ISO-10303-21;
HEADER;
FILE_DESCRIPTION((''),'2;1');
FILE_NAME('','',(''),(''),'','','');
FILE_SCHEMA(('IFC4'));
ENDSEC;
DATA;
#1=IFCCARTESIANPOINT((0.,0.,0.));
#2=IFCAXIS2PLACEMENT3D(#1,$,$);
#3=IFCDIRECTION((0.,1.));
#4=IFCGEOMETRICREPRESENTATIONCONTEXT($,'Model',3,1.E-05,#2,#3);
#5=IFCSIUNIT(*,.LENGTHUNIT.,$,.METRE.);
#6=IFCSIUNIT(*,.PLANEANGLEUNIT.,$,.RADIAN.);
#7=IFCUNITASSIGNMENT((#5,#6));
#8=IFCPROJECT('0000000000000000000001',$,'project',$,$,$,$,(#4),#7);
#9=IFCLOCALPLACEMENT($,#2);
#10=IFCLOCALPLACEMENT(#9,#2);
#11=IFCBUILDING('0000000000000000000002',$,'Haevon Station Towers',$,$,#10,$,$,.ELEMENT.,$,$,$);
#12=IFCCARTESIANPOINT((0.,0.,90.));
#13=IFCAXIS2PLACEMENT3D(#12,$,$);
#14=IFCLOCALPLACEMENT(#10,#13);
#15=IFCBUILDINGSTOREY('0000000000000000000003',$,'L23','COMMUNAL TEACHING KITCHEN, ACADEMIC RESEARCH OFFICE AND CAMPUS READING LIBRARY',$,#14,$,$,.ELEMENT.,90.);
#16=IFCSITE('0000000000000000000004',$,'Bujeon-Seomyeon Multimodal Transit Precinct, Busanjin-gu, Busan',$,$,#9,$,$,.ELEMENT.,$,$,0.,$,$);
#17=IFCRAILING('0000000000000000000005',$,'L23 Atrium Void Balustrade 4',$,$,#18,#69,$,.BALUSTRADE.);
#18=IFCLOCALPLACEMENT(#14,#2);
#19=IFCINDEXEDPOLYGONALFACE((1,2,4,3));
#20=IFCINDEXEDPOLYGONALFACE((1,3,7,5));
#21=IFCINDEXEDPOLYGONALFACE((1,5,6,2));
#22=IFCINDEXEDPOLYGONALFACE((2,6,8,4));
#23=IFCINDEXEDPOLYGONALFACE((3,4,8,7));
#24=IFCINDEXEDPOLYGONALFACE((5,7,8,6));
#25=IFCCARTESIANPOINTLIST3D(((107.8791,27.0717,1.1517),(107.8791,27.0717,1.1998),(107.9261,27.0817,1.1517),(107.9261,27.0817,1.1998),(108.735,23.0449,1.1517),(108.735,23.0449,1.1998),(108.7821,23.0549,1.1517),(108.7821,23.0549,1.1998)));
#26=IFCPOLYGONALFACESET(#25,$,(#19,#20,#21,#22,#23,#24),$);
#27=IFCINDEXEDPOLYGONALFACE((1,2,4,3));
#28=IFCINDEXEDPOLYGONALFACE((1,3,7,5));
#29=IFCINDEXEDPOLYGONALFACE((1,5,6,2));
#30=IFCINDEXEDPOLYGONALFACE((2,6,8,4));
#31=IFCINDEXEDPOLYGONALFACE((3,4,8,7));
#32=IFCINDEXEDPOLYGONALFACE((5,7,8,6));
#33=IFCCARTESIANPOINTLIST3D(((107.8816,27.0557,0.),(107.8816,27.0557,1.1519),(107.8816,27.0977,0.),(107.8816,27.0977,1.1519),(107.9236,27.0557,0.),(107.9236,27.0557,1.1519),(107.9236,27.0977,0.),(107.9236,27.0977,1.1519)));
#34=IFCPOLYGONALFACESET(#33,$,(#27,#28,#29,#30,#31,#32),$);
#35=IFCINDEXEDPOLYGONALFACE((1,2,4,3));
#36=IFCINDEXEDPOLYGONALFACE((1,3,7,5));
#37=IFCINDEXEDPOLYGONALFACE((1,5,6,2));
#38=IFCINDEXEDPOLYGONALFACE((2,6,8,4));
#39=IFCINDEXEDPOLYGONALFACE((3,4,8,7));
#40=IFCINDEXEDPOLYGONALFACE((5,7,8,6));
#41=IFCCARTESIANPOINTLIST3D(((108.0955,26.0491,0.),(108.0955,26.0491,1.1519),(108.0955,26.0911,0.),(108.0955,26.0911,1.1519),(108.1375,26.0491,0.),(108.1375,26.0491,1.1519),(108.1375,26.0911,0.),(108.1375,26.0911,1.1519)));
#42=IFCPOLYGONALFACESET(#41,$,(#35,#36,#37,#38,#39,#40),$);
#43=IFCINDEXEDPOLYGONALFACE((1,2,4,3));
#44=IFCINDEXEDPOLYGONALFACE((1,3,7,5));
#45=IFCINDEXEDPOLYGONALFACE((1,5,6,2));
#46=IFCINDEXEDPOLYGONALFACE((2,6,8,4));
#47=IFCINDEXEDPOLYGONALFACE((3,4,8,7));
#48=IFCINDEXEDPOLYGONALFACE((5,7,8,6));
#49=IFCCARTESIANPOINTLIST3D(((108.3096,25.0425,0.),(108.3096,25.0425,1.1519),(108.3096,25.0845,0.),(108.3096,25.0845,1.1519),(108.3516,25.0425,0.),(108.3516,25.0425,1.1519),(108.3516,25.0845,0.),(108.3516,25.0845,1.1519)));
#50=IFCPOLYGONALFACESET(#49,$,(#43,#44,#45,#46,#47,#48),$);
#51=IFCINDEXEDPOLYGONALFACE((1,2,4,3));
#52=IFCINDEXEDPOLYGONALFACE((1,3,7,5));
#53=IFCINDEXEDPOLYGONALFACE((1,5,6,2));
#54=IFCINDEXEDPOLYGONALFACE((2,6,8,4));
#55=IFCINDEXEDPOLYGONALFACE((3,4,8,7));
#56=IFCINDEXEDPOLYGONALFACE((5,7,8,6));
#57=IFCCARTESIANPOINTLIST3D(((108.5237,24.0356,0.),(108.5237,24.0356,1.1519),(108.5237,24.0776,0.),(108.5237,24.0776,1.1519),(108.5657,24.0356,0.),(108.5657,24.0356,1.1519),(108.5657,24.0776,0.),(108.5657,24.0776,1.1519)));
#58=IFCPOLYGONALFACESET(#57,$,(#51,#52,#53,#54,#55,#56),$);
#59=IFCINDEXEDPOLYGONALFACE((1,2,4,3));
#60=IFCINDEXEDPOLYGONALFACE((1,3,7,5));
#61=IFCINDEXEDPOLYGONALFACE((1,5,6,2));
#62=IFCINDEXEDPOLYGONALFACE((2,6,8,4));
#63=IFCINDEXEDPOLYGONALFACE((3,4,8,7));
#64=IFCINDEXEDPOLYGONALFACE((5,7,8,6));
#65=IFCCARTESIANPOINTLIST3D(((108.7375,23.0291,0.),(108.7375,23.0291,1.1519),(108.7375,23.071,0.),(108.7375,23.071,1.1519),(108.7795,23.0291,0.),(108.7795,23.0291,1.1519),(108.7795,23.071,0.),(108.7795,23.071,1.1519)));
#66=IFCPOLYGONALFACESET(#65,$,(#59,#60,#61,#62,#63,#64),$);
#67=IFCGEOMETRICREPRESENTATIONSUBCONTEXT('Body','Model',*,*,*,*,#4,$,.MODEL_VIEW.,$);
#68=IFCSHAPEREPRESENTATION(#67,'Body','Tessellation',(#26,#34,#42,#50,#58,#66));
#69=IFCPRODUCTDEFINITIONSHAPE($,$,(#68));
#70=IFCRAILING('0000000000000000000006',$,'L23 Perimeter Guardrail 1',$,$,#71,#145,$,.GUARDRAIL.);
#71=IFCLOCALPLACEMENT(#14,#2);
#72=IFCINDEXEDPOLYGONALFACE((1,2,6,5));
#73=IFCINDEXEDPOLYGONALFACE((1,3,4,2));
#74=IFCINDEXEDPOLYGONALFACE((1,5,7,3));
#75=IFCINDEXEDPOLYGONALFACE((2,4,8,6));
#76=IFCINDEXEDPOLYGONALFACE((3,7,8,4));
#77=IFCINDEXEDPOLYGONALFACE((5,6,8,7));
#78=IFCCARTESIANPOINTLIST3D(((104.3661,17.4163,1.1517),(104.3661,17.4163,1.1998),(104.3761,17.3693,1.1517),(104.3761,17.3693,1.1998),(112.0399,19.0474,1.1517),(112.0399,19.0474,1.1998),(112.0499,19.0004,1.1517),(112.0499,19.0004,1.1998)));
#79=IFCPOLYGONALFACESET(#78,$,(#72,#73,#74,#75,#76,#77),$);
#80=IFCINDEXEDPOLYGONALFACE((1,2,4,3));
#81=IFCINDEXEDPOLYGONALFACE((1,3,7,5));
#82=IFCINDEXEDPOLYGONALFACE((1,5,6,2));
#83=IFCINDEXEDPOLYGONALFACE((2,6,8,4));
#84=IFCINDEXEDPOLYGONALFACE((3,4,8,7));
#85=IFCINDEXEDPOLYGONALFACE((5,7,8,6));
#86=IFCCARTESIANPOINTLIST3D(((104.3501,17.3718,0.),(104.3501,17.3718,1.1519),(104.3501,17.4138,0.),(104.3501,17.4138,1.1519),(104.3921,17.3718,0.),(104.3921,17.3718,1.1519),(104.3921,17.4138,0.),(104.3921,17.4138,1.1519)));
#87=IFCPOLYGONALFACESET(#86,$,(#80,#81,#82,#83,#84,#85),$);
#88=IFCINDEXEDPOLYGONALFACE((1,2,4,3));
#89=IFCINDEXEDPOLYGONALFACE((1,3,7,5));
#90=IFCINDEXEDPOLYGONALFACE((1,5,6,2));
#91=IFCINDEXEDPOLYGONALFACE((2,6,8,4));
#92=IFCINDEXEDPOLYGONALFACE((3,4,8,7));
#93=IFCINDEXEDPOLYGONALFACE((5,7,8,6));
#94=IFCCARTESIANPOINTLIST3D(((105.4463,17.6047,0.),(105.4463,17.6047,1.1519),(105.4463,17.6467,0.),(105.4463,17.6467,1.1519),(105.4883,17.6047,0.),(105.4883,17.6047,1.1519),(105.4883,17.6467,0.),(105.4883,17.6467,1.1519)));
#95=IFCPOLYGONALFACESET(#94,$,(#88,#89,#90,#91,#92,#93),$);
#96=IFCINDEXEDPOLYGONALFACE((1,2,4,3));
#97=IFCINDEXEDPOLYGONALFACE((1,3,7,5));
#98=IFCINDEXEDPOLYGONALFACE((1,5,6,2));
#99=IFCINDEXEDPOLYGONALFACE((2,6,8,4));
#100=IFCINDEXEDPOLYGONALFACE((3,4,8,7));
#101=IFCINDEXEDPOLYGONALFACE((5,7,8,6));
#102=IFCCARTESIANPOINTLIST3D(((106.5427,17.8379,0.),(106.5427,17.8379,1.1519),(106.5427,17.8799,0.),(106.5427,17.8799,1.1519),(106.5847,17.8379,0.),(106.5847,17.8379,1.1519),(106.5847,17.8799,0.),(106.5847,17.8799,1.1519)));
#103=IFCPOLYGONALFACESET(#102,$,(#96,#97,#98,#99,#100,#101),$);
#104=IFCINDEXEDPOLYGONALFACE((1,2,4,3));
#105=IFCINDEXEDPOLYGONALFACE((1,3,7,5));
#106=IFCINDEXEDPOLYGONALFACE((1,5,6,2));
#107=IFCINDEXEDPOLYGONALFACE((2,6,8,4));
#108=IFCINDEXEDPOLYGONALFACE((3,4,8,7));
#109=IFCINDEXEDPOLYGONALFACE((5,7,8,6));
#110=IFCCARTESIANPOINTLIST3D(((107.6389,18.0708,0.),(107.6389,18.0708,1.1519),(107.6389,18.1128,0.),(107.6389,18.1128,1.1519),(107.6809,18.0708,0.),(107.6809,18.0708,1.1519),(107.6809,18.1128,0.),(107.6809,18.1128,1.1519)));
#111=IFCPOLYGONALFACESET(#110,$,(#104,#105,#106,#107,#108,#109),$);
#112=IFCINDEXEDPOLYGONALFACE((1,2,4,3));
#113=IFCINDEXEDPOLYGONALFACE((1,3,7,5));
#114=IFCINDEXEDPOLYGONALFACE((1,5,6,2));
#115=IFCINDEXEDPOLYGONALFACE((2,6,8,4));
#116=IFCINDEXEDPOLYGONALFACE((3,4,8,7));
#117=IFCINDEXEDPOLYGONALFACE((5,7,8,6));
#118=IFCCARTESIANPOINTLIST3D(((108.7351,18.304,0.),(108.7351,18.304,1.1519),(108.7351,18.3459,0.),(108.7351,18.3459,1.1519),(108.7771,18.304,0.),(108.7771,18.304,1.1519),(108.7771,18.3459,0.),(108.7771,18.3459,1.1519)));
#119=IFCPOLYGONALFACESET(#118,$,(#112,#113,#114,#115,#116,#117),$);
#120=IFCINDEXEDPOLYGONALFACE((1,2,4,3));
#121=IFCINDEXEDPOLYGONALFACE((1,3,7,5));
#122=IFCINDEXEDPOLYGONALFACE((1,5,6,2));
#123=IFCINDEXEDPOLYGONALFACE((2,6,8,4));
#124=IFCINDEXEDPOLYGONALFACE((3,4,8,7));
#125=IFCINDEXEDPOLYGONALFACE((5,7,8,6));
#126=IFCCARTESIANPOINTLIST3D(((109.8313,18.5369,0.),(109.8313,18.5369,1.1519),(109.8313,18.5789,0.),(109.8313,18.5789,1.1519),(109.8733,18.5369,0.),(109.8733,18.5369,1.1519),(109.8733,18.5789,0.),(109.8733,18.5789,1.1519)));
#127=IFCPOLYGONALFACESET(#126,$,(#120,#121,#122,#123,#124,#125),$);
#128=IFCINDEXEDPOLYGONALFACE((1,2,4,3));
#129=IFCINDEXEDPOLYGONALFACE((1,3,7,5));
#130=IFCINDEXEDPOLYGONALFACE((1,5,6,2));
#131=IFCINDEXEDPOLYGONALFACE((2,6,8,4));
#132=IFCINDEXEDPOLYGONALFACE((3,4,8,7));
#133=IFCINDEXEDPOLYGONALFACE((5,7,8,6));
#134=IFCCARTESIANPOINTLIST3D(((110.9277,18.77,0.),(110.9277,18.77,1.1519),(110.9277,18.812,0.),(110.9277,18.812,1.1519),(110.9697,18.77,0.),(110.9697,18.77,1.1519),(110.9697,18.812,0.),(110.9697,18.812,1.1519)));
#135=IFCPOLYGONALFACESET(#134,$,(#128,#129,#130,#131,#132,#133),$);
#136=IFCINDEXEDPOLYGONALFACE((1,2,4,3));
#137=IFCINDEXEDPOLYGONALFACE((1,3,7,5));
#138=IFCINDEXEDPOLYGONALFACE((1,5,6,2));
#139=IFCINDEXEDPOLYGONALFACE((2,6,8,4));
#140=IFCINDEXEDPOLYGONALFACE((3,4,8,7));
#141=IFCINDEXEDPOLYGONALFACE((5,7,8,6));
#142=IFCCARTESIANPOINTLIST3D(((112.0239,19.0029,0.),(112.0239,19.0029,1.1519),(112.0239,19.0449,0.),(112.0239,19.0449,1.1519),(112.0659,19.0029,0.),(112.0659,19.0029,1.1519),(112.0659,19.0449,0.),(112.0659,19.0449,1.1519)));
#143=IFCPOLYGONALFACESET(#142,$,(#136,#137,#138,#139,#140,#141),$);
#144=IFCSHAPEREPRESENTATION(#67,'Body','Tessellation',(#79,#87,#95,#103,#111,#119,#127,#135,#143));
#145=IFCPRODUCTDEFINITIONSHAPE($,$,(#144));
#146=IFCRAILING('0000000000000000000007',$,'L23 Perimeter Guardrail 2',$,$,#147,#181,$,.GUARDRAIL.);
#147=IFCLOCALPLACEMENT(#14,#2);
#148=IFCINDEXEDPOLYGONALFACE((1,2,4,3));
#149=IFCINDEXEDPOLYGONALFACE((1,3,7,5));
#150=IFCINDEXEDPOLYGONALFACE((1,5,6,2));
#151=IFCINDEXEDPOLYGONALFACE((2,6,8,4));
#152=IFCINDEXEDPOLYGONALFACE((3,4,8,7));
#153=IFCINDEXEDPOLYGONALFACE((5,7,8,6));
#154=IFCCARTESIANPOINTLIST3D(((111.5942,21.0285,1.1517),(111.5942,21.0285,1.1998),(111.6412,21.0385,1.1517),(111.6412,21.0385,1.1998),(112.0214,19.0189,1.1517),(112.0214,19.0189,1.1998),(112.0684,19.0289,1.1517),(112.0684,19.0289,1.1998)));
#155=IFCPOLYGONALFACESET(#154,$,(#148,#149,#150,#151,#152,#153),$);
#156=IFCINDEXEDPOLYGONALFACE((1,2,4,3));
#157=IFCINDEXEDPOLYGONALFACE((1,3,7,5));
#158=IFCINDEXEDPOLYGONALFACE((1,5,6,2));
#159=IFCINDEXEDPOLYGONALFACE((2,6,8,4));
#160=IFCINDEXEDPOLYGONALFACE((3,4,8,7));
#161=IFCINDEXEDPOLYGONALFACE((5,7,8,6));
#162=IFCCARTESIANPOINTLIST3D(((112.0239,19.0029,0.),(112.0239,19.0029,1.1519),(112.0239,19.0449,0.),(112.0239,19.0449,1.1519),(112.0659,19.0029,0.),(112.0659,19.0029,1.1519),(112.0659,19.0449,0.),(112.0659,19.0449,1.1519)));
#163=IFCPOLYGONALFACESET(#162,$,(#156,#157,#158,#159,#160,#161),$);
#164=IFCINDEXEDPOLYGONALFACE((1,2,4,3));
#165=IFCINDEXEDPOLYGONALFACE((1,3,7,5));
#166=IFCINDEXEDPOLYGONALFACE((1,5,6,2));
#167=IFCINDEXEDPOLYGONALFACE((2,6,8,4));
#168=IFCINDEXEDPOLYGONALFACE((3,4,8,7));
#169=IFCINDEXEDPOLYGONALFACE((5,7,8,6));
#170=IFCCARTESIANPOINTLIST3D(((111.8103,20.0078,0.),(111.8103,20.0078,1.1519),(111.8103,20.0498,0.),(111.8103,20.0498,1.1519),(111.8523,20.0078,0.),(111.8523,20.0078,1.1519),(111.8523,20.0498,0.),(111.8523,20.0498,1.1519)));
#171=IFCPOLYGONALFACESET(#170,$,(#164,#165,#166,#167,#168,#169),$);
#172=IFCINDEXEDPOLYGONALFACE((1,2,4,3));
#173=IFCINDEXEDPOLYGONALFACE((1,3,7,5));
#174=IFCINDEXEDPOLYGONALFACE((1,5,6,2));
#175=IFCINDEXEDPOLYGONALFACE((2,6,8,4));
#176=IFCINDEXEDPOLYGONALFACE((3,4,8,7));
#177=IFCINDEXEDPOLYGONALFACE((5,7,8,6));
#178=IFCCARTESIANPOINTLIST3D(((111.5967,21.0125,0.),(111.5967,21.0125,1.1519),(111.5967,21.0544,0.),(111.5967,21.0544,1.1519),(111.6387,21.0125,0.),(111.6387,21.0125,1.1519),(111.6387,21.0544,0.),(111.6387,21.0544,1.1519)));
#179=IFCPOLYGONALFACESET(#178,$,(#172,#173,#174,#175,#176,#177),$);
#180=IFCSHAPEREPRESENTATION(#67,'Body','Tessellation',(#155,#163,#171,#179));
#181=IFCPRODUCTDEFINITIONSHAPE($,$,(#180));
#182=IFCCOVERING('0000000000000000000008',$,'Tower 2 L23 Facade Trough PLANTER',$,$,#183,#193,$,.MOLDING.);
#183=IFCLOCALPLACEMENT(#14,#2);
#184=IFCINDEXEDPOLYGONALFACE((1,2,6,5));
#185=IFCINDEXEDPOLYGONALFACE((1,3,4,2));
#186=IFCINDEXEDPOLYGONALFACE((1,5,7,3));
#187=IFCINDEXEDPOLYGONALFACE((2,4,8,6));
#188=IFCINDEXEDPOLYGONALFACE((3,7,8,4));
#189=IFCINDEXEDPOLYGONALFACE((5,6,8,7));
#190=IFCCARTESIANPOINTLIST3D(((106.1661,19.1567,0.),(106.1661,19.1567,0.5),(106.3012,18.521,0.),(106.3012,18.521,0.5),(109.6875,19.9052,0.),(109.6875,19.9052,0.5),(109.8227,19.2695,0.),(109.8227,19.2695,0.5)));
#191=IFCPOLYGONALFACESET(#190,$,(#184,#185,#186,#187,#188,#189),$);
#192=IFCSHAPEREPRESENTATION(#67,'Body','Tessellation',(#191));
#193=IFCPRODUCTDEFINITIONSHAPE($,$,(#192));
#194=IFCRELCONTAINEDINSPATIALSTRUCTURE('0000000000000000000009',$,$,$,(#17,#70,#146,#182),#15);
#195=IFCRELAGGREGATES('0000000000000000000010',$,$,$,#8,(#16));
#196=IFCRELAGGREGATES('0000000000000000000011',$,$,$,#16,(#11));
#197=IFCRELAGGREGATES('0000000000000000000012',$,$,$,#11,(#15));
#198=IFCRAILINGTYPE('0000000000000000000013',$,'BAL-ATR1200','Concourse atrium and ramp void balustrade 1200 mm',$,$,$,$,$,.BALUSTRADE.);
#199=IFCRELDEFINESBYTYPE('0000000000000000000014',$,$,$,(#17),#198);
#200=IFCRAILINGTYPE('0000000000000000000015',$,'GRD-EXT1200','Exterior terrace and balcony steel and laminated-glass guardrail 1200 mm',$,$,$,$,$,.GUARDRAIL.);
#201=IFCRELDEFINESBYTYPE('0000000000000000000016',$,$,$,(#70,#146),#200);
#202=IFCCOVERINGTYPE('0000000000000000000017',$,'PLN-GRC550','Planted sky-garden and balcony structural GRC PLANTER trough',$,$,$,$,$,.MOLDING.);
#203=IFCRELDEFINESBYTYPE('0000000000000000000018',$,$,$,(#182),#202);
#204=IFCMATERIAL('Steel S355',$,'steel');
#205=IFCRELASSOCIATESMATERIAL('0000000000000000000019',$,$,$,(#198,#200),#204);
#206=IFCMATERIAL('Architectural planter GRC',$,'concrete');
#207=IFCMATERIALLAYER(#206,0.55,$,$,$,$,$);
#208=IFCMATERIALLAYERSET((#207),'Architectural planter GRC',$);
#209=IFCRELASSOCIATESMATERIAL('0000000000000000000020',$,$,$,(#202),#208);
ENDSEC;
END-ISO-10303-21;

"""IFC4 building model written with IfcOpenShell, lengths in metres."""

from ifc_helpers import new_model, si_unit, direction, frame, origin, origin_2d, place, context, subcontext, project, spatial, rectangle, extrude, material, layer, layer_set, type_object, element, save


model = new_model("IFC4")

# Units and contexts
model_context = context("Model", 3, precision=1e-05, world=origin(), true_north=direction((0.0, 1.0)))
body_context = subcontext(model_context, "Body", "Model", "MODEL_VIEW")
ifc_project = project(units=[si_unit("LENGTHUNIT", "METRE"), si_unit("PLANEANGLEUNIT", "RADIAN")], contexts=[model_context])

# Site, building, storey
site_placement = place(None, origin())
site = spatial("IfcSite", under=ifc_project, at=site_placement, Name="Bujeon-Seomyeon Multimodal Transit Precinct, Busanjin-gu, Busan", CompositionType="ELEMENT", RefElevation=0.0)
building_placement = place(site_placement, origin())
building = spatial("IfcBuilding", under=site, at=building_placement, Name="Haevon Station Towers", CompositionType="ELEMENT")
storey_placement = place(building_placement, frame((0.0, 0.0, 90.0)))
storey = spatial("IfcBuildingStorey", under=building, at=storey_placement, Name="L23", Description="COMMUNAL TEACHING KITCHEN, ACADEMIC RESEARCH OFFICE AND CAMPUS READING LIBRARY", CompositionType="ELEMENT", Elevation=90.0)

# Shared definitions
ifc_material_1 = material(Name="Steel S355", Category="steel")

# Railings
railing_type_1 = type_object("IfcRailingType", Name="BAL-ATR1200", Description="Concourse atrium and ramp void balustrade 1200 mm", PredefinedType="BALUSTRADE", material=ifc_material_1)
railing_1_placement = place(storey_placement, frame((107.9026, 27.0767, 0.0)))
element("IfcRailing", 1, at=railing_1_placement, inside=storey, type_object=railing_type_1, Name="L23 Atrium Void Balustrade 4", PredefinedType="BALUSTRADE", context=body_context, shape_type="SweptSolid", body=[
    extrude(rectangle(XDim=0.0481, YDim=0.0481, at=origin_2d()), frame((0.0, 0.0, 1.1758), z_axis=(0.207929, -0.978144, 0.0), x_axis=(0.978144, 0.207929, 0.0)), (0.0, 0.0, 1.0), 4.1167),
    extrude(rectangle(XDim=0.042, YDim=0.042, at=origin_2d()), origin(), (0.0, 0.0, 1.0), 1.1519),
    extrude(rectangle(XDim=0.042, YDim=0.042, at=origin_2d()), frame((0.2139, -1.0066, 0.0)), (0.0, 0.0, 1.0), 1.1519),
    extrude(rectangle(XDim=0.042, YDim=0.042, at=origin_2d()), frame((0.428, -2.0132, 0.0)), (0.0, 0.0, 1.0), 1.1519),
    extrude(rectangle(XDim=0.042, YDim=0.042, at=origin_2d()), frame((0.6421, -3.02, 0.0)), (0.0, 0.0, 1.0), 1.1519),
    extrude(rectangle(XDim=0.042, YDim=0.042, at=origin_2d()), frame((0.856, -4.0266, 0.0)), (0.0, 0.0, 1.0), 1.1519),
])
railing_type_2 = type_object("IfcRailingType", Name="GRD-EXT1200", Description="Exterior terrace and balcony steel and laminated-glass guardrail 1200 mm", PredefinedType="GUARDRAIL", material=ifc_material_1)
railing_2_placement = place(storey_placement, frame((104.3711, 17.3928, 0.0)))
element("IfcRailing", 2, at=railing_2_placement, inside=storey, type_object=railing_type_2, Name="L23 Perimeter Guardrail 1", PredefinedType="GUARDRAIL", context=body_context, shape_type="SweptSolid", body=[
    extrude(rectangle(XDim=0.0481, YDim=0.0481, at=origin_2d()), frame((0.0, 0.0, 1.1758), z_axis=(0.978148, 0.207909, 0.0), x_axis=(-0.207909, 0.978148, 0.0)), (0.0, 0.0, 1.0), 7.8452),
    extrude(rectangle(XDim=0.042, YDim=0.042, at=origin_2d()), origin(), (0.0, 0.0, 1.0), 1.1519),
    extrude(rectangle(XDim=0.042, YDim=0.042, at=origin_2d()), frame((1.0962, 0.2329, 0.0)), (0.0, 0.0, 1.0), 1.1519),
    extrude(rectangle(XDim=0.042, YDim=0.042, at=origin_2d()), frame((2.1926, 0.4661, 0.0)), (0.0, 0.0, 1.0), 1.1519),
    extrude(rectangle(XDim=0.042, YDim=0.042, at=origin_2d()), frame((3.2888, 0.699, 0.0)), (0.0, 0.0, 1.0), 1.1519),
    extrude(rectangle(XDim=0.042, YDim=0.042, at=origin_2d()), frame((4.385, 0.9321, 0.0)), (0.0, 0.0, 1.0), 1.1519),
    extrude(rectangle(XDim=0.042, YDim=0.042, at=origin_2d()), frame((5.4812, 1.165, 0.0)), (0.0, 0.0, 1.0), 1.1519),
    extrude(rectangle(XDim=0.042, YDim=0.042, at=origin_2d()), frame((6.5776, 1.3982, 0.0)), (0.0, 0.0, 1.0), 1.1519),
    extrude(rectangle(XDim=0.042, YDim=0.042, at=origin_2d()), frame((7.6738, 1.6311, 0.0)), (0.0, 0.0, 1.0), 1.1519),
])
railing_3_placement = place(storey_placement, frame((112.0449, 19.0239, 0.0)))
element("IfcRailing", 3, at=railing_3_placement, inside=storey, type_object=railing_type_2, Name="L23 Perimeter Guardrail 2", PredefinedType="GUARDRAIL", context=body_context, shape_type="SweptSolid", body=[
    extrude(rectangle(XDim=0.0481, YDim=0.0481, at=origin_2d()), frame((0.0, 0.0, 1.1758), z_axis=(-0.207963, 0.978137, 0.0), x_axis=(-0.978137, -0.207963, 0.0)), (0.0, 0.0, 1.0), 2.0544),
    extrude(rectangle(XDim=0.042, YDim=0.042, at=origin_2d()), origin(), (0.0, 0.0, 1.0), 1.1519),
    extrude(rectangle(XDim=0.042, YDim=0.042, at=origin_2d()), frame((-0.2136, 1.0049, 0.0)), (0.0, 0.0, 1.0), 1.1519),
    extrude(rectangle(XDim=0.042, YDim=0.042, at=origin_2d()), frame((-0.4272, 2.0095, 0.0)), (0.0, 0.0, 1.0), 1.1519),
])

# Covering
ifc_material_2 = material(Name="Architectural planter GRC", Category="concrete")
ifc_layer_1 = layer(ifc_material_2, 0.55)
ifc_layer_set_1 = layer_set([ifc_layer_1], Name="Architectural planter GRC")
covering_type = type_object("IfcCoveringType", Name="PLN-GRC550", Description="Planted sky-garden and balcony structural GRC PLANTER trough", PredefinedType="MOLDING", material=ifc_layer_set_1)
covering_placement = place(storey_placement, frame((107.9944, 19.2131, 0.0), z_axis=(0.0, 0.0, 1.0), x_axis=(0.978148, 0.207912, 0.0)))
element("IfcCovering", 4, at=covering_placement, inside=storey, type_object=covering_type, Name="Tower 2 L23 Facade Trough PLANTER", PredefinedType="MOLDING", context=body_context, shape_type="SweptSolid", body=[
    extrude(rectangle(XDim=3.6001, YDim=0.6499, at=origin_2d()), origin(), (0.0, 0.0, 1.0), 0.5),
])

save(model, "model.ifc")
